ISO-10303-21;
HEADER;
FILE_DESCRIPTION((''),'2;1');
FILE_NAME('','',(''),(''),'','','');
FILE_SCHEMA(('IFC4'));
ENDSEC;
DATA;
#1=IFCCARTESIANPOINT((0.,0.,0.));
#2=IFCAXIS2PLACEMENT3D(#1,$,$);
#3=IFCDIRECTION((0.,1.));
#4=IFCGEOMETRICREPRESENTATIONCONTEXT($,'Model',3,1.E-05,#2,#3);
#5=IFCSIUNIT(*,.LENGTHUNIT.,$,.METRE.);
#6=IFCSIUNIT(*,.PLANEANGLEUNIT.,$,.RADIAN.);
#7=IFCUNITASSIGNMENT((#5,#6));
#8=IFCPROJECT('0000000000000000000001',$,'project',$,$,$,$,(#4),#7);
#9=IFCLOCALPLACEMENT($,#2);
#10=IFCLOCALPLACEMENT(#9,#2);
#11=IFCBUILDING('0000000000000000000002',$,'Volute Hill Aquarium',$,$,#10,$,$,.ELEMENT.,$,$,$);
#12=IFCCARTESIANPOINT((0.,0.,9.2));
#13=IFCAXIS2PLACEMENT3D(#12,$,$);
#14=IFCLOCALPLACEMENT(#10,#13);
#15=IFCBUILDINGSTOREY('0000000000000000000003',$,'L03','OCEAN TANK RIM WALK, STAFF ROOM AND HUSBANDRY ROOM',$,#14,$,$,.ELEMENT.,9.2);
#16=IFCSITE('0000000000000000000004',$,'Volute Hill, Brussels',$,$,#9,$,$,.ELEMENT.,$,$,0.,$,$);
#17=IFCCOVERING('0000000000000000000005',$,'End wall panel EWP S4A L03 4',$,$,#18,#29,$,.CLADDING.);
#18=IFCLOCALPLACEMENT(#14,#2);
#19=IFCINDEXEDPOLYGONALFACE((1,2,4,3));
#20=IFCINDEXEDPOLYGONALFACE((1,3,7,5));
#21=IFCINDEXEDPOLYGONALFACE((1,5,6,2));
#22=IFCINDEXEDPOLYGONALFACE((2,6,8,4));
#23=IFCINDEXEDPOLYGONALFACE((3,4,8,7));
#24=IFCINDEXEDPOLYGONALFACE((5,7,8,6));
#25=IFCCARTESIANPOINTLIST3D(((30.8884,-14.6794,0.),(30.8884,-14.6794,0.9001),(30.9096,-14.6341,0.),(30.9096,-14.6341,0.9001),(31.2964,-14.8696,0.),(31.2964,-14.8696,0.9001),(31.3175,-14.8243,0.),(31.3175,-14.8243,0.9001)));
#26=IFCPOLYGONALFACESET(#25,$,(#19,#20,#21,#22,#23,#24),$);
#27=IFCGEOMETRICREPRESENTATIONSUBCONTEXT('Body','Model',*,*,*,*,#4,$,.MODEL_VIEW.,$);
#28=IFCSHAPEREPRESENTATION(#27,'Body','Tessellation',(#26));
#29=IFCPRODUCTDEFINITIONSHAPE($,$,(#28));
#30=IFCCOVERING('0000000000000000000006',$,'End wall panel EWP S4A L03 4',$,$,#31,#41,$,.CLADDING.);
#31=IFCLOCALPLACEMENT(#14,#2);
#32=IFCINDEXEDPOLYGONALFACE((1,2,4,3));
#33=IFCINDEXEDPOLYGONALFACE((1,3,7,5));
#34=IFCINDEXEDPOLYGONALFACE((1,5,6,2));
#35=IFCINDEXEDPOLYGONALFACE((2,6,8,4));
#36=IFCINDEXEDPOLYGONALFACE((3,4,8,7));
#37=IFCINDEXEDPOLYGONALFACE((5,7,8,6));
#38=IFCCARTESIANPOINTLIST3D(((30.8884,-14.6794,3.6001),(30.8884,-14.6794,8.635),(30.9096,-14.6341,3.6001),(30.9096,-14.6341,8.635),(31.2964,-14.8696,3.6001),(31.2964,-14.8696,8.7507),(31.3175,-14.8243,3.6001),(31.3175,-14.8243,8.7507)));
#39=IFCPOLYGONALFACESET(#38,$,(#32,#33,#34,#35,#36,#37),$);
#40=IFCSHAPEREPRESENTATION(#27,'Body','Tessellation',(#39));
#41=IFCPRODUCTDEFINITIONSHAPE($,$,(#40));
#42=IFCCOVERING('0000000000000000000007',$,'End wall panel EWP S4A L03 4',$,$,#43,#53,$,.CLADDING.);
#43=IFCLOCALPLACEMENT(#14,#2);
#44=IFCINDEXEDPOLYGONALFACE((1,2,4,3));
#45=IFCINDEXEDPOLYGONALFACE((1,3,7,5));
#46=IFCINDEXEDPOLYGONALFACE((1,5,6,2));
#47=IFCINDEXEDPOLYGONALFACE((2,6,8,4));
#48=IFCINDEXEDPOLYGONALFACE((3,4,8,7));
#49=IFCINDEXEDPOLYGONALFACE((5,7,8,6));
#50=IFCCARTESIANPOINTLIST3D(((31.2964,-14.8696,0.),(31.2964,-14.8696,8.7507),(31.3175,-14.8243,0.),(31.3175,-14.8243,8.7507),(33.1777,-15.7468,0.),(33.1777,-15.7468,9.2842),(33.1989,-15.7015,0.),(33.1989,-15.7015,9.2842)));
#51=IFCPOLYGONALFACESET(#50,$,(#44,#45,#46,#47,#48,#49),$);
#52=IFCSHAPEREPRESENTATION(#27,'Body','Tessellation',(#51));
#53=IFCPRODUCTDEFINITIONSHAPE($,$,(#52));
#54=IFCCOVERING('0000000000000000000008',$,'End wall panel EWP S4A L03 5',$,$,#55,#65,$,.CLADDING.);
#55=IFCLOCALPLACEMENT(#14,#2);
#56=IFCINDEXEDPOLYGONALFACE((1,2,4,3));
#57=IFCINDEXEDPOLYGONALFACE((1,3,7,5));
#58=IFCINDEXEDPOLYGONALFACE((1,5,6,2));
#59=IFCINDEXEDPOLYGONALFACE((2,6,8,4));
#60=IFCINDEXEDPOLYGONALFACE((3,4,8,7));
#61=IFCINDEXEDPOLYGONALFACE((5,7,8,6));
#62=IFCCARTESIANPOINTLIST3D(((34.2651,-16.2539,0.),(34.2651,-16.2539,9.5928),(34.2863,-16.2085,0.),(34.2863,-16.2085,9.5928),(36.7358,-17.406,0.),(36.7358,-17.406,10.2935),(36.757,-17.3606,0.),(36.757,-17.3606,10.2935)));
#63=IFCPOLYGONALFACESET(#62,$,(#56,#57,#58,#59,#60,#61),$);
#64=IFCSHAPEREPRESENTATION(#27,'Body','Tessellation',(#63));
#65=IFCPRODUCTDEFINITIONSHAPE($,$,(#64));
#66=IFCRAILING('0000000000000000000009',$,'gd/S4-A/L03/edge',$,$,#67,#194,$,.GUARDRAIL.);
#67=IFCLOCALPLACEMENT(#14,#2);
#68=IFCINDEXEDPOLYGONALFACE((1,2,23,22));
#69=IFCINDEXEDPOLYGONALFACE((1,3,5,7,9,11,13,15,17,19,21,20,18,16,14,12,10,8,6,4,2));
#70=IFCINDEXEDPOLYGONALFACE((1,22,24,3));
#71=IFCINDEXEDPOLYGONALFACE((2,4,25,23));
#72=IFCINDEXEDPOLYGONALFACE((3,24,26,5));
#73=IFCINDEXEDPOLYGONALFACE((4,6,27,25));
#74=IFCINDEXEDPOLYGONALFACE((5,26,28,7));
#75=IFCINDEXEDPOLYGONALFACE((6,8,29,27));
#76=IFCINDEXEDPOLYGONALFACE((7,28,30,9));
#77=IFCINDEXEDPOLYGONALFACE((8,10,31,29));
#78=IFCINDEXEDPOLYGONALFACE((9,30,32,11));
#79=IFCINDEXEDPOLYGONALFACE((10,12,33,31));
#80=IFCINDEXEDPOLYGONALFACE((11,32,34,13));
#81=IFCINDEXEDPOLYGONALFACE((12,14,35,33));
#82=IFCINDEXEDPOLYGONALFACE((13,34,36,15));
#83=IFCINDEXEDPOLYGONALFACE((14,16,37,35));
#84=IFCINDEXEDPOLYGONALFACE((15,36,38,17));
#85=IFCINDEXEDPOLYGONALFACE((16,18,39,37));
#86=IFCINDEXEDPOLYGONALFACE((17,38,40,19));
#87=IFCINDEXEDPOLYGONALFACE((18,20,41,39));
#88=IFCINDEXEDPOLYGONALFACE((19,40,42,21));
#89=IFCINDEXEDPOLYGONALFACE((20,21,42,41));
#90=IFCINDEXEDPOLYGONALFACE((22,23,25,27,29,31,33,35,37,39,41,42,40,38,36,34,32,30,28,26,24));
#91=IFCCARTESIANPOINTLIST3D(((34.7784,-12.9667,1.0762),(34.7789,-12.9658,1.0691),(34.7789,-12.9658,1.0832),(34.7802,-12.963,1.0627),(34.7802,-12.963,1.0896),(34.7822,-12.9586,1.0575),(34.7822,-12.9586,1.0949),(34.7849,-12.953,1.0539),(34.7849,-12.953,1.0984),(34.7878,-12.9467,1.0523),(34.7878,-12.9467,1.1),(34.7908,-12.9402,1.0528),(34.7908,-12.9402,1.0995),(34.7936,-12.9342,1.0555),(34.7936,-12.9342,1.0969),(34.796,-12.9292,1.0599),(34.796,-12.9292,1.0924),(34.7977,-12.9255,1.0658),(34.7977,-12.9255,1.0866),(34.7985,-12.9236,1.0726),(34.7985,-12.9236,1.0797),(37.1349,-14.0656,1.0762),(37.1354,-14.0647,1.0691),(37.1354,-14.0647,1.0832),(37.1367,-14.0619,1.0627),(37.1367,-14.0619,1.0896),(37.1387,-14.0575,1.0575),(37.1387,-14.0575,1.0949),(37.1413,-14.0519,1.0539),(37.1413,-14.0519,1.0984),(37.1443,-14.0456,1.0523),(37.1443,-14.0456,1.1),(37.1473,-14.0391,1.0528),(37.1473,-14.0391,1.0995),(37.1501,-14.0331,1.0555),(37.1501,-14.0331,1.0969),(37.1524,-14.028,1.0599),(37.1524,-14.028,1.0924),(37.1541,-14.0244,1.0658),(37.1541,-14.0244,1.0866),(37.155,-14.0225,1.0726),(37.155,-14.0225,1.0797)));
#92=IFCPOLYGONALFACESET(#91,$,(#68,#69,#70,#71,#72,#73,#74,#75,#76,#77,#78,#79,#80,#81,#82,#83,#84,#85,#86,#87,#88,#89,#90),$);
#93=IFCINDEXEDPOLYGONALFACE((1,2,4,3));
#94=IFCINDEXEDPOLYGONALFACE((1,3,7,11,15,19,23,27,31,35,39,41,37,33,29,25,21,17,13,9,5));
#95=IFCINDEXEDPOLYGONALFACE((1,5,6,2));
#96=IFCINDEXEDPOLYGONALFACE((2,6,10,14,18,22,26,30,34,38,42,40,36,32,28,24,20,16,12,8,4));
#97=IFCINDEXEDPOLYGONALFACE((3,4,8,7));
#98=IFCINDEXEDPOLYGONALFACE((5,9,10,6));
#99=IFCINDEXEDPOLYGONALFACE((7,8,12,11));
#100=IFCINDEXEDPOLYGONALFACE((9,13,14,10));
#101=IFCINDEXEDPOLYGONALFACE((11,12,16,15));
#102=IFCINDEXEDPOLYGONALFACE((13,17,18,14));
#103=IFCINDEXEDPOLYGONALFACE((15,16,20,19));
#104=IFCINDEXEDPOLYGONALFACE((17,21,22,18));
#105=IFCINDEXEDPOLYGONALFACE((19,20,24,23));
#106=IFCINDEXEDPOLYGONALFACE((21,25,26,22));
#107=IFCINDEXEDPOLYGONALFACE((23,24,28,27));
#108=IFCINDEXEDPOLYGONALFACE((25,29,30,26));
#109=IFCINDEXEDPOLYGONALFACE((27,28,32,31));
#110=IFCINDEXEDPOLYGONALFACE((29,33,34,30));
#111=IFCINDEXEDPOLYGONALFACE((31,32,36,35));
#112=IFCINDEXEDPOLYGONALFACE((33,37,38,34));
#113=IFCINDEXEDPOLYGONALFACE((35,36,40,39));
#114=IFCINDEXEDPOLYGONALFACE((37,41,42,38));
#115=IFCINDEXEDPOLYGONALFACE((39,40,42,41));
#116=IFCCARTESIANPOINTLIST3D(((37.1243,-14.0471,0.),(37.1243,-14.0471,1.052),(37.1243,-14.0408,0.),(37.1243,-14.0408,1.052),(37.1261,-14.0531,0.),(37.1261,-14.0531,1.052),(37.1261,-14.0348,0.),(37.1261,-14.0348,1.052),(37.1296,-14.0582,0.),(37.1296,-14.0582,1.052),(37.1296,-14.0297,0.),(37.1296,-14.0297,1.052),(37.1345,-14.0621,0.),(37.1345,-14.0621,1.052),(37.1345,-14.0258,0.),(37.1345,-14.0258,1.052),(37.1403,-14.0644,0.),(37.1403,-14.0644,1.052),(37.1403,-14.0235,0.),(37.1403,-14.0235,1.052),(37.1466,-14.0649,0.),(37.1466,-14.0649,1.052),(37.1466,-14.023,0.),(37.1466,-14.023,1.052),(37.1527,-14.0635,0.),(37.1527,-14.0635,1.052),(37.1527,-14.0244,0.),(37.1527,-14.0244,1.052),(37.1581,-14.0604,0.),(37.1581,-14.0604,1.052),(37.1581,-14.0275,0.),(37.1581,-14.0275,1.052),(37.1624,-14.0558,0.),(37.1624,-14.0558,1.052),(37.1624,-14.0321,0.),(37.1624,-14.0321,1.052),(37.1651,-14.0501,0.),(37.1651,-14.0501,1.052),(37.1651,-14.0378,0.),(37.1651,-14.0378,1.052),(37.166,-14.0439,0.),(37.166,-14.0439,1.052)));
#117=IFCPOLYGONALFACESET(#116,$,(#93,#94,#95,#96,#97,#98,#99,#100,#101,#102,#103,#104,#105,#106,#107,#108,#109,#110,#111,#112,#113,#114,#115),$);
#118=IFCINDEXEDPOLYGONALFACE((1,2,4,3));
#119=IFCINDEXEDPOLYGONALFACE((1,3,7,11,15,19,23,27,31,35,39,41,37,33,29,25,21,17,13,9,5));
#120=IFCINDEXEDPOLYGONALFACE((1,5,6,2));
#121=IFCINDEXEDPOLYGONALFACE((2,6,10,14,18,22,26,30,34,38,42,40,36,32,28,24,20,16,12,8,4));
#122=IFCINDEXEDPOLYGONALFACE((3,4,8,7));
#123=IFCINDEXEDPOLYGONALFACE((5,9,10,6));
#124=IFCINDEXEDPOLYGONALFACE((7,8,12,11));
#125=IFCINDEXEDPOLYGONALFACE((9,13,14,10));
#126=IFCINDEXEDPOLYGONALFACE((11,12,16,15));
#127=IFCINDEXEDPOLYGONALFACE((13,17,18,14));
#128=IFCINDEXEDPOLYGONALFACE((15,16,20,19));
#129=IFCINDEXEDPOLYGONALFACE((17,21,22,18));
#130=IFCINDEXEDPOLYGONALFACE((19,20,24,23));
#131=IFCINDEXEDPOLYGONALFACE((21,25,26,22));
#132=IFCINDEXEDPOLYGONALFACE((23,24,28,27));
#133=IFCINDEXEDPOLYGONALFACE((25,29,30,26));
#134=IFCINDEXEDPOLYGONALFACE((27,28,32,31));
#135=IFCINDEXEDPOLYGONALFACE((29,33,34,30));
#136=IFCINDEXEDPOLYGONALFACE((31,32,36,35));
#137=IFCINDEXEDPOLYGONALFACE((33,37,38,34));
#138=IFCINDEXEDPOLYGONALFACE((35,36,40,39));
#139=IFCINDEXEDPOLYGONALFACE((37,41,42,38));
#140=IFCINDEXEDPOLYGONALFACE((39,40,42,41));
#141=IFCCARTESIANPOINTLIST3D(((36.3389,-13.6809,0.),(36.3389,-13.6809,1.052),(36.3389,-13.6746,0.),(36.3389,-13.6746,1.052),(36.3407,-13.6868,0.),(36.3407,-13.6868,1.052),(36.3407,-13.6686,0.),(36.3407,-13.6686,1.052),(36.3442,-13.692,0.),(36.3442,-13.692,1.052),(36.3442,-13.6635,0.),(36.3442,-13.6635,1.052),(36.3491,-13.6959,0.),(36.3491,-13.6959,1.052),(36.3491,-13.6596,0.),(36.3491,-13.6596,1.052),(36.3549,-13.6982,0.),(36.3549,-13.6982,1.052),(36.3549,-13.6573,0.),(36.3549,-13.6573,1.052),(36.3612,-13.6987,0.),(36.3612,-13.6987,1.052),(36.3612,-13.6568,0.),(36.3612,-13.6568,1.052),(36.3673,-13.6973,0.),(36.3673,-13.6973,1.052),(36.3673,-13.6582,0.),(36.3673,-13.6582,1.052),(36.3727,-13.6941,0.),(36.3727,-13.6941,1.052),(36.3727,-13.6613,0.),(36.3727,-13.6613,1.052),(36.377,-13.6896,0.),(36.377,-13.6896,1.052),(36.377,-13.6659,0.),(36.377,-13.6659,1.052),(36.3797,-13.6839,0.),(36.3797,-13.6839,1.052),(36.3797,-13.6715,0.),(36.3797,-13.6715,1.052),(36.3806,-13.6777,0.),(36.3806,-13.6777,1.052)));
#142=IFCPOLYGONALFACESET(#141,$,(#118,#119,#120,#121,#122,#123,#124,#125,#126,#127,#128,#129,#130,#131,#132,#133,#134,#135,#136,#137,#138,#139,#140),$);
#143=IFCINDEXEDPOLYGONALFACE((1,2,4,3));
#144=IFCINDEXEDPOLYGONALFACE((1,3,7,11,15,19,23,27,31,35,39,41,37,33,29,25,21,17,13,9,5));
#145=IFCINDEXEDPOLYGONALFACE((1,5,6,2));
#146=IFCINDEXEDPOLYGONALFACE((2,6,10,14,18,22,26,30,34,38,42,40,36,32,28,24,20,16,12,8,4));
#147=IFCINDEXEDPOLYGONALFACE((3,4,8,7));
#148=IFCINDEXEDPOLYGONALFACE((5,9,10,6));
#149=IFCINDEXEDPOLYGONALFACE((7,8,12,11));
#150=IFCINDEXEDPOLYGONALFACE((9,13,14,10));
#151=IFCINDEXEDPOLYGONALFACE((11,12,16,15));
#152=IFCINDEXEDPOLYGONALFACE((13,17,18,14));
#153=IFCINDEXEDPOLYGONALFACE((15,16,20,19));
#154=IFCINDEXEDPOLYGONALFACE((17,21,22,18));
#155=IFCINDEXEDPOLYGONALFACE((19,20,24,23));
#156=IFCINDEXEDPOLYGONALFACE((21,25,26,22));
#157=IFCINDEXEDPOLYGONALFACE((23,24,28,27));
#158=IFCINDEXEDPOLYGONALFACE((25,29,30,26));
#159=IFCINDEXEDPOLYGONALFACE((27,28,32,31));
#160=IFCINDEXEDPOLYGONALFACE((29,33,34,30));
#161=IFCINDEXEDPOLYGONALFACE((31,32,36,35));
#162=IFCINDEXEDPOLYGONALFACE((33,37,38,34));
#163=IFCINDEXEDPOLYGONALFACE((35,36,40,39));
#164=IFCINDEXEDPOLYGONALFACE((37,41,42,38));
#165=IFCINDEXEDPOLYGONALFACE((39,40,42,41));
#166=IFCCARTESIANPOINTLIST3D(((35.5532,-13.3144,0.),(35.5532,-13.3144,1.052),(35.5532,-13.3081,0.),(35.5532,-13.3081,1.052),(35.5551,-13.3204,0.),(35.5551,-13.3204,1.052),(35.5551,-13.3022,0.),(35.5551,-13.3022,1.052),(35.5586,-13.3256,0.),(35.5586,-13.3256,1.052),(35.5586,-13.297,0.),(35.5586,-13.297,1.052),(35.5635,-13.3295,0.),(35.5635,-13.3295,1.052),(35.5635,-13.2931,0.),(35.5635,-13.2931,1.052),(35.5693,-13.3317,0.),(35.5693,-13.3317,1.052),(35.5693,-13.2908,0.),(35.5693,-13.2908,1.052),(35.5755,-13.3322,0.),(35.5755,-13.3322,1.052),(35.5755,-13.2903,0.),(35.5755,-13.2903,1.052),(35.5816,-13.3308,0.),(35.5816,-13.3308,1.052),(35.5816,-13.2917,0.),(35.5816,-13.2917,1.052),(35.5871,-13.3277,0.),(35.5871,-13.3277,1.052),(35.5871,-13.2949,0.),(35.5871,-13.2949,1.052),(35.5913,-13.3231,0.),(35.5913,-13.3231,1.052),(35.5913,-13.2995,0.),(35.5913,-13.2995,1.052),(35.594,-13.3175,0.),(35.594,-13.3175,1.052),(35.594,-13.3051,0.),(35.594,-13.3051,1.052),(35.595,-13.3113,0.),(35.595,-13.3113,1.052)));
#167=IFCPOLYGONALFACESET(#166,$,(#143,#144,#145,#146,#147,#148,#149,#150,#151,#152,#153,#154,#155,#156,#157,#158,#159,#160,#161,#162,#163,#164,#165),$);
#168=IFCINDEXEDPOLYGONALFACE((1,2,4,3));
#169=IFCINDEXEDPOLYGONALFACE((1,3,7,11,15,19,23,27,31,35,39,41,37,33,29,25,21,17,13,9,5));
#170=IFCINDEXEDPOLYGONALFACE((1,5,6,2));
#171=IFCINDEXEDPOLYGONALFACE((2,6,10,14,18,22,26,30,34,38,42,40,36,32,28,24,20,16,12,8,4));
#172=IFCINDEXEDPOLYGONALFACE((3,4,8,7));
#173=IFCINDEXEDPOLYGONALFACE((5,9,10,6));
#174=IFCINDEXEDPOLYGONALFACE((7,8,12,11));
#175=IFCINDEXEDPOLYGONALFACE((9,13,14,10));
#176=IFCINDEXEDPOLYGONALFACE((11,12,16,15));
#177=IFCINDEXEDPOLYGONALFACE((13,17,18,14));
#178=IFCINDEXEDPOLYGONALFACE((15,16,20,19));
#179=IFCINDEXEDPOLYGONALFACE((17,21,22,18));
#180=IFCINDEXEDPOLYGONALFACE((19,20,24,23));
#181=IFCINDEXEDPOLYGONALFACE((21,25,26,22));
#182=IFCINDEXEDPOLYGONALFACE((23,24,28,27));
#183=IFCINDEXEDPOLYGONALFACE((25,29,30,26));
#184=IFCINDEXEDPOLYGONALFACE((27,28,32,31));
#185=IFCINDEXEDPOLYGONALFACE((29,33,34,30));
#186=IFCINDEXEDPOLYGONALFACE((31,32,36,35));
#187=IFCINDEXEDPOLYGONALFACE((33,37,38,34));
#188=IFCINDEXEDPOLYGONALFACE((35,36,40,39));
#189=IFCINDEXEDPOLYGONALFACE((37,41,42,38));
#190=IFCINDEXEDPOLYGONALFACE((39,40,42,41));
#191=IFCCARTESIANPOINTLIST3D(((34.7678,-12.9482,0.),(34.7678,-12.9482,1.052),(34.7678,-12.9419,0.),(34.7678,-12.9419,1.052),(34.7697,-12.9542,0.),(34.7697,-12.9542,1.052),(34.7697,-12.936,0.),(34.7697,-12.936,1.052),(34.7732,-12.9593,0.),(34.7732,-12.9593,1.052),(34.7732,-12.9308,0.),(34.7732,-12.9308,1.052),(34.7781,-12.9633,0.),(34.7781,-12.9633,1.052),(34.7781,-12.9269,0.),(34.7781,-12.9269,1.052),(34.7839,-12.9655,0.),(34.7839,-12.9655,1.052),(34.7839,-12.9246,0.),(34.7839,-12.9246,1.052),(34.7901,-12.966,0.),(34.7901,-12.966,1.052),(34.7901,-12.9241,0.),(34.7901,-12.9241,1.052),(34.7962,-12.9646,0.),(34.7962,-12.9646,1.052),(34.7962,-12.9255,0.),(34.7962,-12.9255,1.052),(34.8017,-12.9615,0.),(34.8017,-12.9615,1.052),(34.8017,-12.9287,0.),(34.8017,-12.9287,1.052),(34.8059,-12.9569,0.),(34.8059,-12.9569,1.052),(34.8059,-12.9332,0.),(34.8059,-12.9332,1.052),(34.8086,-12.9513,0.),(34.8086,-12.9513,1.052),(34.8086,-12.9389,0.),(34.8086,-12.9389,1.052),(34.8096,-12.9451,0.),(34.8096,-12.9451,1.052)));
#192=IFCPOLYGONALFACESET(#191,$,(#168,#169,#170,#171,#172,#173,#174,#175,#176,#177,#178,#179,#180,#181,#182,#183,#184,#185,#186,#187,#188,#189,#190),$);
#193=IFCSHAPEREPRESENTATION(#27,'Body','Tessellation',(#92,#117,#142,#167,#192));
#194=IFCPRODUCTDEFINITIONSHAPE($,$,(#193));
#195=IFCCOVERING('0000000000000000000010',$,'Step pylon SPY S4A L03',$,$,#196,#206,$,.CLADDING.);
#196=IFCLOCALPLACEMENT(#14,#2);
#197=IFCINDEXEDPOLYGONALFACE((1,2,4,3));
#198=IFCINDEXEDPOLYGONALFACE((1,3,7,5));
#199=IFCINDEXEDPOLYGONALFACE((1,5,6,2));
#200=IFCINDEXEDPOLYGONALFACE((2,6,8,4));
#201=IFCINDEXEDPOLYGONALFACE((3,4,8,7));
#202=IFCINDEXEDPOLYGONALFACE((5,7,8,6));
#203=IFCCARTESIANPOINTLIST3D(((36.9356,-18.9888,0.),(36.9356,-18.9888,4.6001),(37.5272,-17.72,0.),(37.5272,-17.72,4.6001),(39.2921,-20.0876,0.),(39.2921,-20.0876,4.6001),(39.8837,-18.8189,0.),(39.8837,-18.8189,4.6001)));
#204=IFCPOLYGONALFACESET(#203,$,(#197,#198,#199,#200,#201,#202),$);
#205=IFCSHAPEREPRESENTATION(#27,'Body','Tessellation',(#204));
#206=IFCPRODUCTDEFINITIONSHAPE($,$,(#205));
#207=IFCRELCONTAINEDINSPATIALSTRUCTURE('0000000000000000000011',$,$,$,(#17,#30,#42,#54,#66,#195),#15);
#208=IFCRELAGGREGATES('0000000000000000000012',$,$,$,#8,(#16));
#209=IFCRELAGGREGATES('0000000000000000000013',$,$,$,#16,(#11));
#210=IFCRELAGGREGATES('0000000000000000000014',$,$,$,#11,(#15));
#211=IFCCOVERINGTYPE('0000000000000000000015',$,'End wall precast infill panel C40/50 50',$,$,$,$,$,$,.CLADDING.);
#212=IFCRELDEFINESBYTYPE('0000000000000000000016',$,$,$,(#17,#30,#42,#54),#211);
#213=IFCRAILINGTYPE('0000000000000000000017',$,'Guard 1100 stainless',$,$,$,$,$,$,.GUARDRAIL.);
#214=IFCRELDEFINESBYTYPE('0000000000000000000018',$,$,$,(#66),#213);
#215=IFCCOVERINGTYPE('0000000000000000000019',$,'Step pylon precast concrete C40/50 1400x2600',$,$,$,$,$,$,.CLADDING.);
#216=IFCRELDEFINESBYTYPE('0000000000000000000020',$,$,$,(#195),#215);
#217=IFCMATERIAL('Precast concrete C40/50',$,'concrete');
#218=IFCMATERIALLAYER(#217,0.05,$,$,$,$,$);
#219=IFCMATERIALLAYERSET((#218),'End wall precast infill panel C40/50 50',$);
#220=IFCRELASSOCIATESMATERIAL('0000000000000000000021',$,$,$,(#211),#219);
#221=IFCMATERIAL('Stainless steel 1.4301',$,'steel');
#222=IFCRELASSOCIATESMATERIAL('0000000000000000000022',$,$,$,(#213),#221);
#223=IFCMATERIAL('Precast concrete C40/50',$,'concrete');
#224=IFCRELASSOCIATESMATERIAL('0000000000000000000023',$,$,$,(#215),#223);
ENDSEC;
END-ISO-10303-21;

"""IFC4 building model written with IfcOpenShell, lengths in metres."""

from ifc_helpers import new_model, si_unit, direction, frame, origin, origin_2d, place, context, subcontext, project, spatial, polyline, rectangle, circle, outline, extrude, material, layer, layer_set, type_object, element, save


model = new_model("IFC4")

# Units and contexts
model_context = context("Model", 3, precision=1e-05, world=origin(), true_north=direction((0.0, 1.0)))
body_context = subcontext(model_context, "Body", "Model", "MODEL_VIEW")
ifc_project = project(units=[si_unit("LENGTHUNIT", "METRE"), si_unit("PLANEANGLEUNIT", "RADIAN")], contexts=[model_context])

# Site, building, storey
site_placement = place(None, origin())
site = spatial("IfcSite", under=ifc_project, at=site_placement, Name="Volute Hill, Brussels", CompositionType="ELEMENT", RefElevation=0.0)
building_placement = place(site_placement, origin())
building = spatial("IfcBuilding", under=site, at=building_placement, Name="Volute Hill Aquarium", CompositionType="ELEMENT")
storey_placement = place(building_placement, frame((0.0, 0.0, 9.2)))
storey = spatial("IfcBuildingStorey", under=building, at=storey_placement, Name="L03", Description="OCEAN TANK RIM WALK, STAFF ROOM AND HUSBANDRY ROOM", CompositionType="ELEMENT", Elevation=9.2)

# Coverings
ifc_material_1 = material(Name="Precast concrete C40/50", Category="concrete")
ifc_layer_1 = layer(ifc_material_1, 0.05)
ifc_layer_set_1 = layer_set([ifc_layer_1], Name="End wall precast infill panel C40/50 50")
covering_type_1 = type_object("IfcCoveringType", Name="End wall precast infill panel C40/50 50", PredefinedType="CLADDING", material=ifc_layer_set_1)
covering_1_placement = place(storey_placement, frame((30.8884, -14.6794, 0.0), z_axis=(-0.422529, -0.906349, 0.0), x_axis=(0.906349, -0.422529, 0.0)))
element("IfcCovering", 1, at=covering_1_placement, inside=storey, type_object=covering_type_1, Name="End wall panel EWP S4A L03 4", PredefinedType="CLADDING", context=body_context, shape_type="SweptSolid", body=[
    extrude(outline(polyline([(0.0, 0.0), (0.4501, 0.0), (0.4501, 0.9001), (0.0, 0.9001), (0.0, 0.0)])), origin(), (0.0, 0.0, -1.0), 0.05),
])
covering_2_placement = place(storey_placement, frame((30.8884, -14.6794, 3.6001), z_axis=(-0.422529, -0.906349, 0.0), x_axis=(0.906349, -0.422529, 0.0)))
element("IfcCovering", 2, at=covering_2_placement, inside=storey, type_object=covering_type_1, Name="End wall panel EWP S4A L03 4", PredefinedType="CLADDING", context=body_context, shape_type="SweptSolid", body=[
    extrude(outline(polyline([(0.0, 0.0), (0.4501, 0.0), (0.4501, 5.1506), (0.0, 5.0349), (0.0, 0.0)])), origin(), (0.0, 0.0, -1.0), 0.05),
])
covering_3_placement = place(storey_placement, frame((31.2964, -14.8696, 0.0), z_axis=(-0.422583, -0.906324, 0.0), x_axis=(0.906324, -0.422583, 0.0)))
element("IfcCovering", 3, at=covering_3_placement, inside=storey, type_object=covering_type_1, Name="End wall panel EWP S4A L03 4", PredefinedType="CLADDING", context=body_context, shape_type="SweptSolid", body=[
    extrude(outline(polyline([(0.0, 0.0), (2.0758, 0.0), (2.0758, 9.2842), (0.0, 8.7507), (0.0, 0.0)])), origin(), (0.0, 0.0, -1.0), 0.05),
])
covering_4_placement = place(storey_placement, frame((34.2651, -16.2539, 0.0), z_axis=(-0.422616, -0.906309, 0.0), x_axis=(0.906309, -0.422616, 0.0)))
element("IfcCovering", 4, at=covering_4_placement, inside=storey, type_object=covering_type_1, Name="End wall panel EWP S4A L03 5", PredefinedType="CLADDING", context=body_context, shape_type="SweptSolid", body=[
    extrude(outline(polyline([(0.0, 0.0), (2.7261, 0.0), (2.7261, 10.2935), (0.0, 9.5928), (0.0, 0.0)])), origin(), (0.0, 0.0, -1.0), 0.05),
])

# Railing
ifc_material_2 = material(Name="Stainless steel 1.4301", Category="steel")
railing_type = type_object("IfcRailingType", Name="Guard 1100 stainless", PredefinedType="GUARDRAIL", material=ifc_material_2)
railing_1_placement = place(storey_placement, frame((37.145, -14.0439, 0.0)))
element("IfcRailing", 5, at=railing_1_placement, inside=storey, type_object=railing_type, Name="gd/S4-A/L03/edge", PredefinedType="GUARDRAIL", context=body_context, shape_type="SweptSolid", body=[
    extrude(circle(Radius=0.0239, at=origin_2d()), frame((0.0, 0.0, 1.0762), z_axis=(-0.906301, 0.422634, 0.0), x_axis=(-0.422634, -0.906301, 0.0)), (0.0, 0.0, 1.0), 2.6001),
    extrude(circle(Radius=0.021, at=origin_2d()), origin(), (0.0, 0.0, 1.0), 1.052),
    extrude(circle(Radius=0.021, at=origin_2d()), frame((-0.7854, 0.3662, 0.0)), (0.0, 0.0, 1.0), 1.052),
    extrude(circle(Radius=0.021, at=origin_2d()), frame((-1.571, 0.7327, 0.0)), (0.0, 0.0, 1.0), 1.052),
    extrude(circle(Radius=0.021, at=origin_2d()), frame((-2.3564, 1.0989, 0.0)), (0.0, 0.0, 1.0), 1.052),
])

# Covering
ifc_material_3 = material(Name="Precast concrete C40/50", Category="concrete")
covering_type_2 = type_object("IfcCoveringType", Name="Step pylon precast concrete C40/50 1400x2600", PredefinedType="CLADDING", material=ifc_material_3)
covering_5_placement = place(storey_placement, frame((38.4097, -18.9038, 0.0), z_axis=(0.0, 0.0, 1.0), x_axis=(0.906308, -0.422618, 0.0)))
element("IfcCovering", 6, at=covering_5_placement, inside=storey, type_object=covering_type_2, Name="Step pylon SPY S4A L03", PredefinedType="CLADDING", context=body_context, shape_type="SweptSolid", body=[
    extrude(rectangle(XDim=2.6001, YDim=1.3999, at=origin_2d()), origin(), (0.0, 0.0, 1.0), 4.6001),
])

save(model, "model.ifc")
